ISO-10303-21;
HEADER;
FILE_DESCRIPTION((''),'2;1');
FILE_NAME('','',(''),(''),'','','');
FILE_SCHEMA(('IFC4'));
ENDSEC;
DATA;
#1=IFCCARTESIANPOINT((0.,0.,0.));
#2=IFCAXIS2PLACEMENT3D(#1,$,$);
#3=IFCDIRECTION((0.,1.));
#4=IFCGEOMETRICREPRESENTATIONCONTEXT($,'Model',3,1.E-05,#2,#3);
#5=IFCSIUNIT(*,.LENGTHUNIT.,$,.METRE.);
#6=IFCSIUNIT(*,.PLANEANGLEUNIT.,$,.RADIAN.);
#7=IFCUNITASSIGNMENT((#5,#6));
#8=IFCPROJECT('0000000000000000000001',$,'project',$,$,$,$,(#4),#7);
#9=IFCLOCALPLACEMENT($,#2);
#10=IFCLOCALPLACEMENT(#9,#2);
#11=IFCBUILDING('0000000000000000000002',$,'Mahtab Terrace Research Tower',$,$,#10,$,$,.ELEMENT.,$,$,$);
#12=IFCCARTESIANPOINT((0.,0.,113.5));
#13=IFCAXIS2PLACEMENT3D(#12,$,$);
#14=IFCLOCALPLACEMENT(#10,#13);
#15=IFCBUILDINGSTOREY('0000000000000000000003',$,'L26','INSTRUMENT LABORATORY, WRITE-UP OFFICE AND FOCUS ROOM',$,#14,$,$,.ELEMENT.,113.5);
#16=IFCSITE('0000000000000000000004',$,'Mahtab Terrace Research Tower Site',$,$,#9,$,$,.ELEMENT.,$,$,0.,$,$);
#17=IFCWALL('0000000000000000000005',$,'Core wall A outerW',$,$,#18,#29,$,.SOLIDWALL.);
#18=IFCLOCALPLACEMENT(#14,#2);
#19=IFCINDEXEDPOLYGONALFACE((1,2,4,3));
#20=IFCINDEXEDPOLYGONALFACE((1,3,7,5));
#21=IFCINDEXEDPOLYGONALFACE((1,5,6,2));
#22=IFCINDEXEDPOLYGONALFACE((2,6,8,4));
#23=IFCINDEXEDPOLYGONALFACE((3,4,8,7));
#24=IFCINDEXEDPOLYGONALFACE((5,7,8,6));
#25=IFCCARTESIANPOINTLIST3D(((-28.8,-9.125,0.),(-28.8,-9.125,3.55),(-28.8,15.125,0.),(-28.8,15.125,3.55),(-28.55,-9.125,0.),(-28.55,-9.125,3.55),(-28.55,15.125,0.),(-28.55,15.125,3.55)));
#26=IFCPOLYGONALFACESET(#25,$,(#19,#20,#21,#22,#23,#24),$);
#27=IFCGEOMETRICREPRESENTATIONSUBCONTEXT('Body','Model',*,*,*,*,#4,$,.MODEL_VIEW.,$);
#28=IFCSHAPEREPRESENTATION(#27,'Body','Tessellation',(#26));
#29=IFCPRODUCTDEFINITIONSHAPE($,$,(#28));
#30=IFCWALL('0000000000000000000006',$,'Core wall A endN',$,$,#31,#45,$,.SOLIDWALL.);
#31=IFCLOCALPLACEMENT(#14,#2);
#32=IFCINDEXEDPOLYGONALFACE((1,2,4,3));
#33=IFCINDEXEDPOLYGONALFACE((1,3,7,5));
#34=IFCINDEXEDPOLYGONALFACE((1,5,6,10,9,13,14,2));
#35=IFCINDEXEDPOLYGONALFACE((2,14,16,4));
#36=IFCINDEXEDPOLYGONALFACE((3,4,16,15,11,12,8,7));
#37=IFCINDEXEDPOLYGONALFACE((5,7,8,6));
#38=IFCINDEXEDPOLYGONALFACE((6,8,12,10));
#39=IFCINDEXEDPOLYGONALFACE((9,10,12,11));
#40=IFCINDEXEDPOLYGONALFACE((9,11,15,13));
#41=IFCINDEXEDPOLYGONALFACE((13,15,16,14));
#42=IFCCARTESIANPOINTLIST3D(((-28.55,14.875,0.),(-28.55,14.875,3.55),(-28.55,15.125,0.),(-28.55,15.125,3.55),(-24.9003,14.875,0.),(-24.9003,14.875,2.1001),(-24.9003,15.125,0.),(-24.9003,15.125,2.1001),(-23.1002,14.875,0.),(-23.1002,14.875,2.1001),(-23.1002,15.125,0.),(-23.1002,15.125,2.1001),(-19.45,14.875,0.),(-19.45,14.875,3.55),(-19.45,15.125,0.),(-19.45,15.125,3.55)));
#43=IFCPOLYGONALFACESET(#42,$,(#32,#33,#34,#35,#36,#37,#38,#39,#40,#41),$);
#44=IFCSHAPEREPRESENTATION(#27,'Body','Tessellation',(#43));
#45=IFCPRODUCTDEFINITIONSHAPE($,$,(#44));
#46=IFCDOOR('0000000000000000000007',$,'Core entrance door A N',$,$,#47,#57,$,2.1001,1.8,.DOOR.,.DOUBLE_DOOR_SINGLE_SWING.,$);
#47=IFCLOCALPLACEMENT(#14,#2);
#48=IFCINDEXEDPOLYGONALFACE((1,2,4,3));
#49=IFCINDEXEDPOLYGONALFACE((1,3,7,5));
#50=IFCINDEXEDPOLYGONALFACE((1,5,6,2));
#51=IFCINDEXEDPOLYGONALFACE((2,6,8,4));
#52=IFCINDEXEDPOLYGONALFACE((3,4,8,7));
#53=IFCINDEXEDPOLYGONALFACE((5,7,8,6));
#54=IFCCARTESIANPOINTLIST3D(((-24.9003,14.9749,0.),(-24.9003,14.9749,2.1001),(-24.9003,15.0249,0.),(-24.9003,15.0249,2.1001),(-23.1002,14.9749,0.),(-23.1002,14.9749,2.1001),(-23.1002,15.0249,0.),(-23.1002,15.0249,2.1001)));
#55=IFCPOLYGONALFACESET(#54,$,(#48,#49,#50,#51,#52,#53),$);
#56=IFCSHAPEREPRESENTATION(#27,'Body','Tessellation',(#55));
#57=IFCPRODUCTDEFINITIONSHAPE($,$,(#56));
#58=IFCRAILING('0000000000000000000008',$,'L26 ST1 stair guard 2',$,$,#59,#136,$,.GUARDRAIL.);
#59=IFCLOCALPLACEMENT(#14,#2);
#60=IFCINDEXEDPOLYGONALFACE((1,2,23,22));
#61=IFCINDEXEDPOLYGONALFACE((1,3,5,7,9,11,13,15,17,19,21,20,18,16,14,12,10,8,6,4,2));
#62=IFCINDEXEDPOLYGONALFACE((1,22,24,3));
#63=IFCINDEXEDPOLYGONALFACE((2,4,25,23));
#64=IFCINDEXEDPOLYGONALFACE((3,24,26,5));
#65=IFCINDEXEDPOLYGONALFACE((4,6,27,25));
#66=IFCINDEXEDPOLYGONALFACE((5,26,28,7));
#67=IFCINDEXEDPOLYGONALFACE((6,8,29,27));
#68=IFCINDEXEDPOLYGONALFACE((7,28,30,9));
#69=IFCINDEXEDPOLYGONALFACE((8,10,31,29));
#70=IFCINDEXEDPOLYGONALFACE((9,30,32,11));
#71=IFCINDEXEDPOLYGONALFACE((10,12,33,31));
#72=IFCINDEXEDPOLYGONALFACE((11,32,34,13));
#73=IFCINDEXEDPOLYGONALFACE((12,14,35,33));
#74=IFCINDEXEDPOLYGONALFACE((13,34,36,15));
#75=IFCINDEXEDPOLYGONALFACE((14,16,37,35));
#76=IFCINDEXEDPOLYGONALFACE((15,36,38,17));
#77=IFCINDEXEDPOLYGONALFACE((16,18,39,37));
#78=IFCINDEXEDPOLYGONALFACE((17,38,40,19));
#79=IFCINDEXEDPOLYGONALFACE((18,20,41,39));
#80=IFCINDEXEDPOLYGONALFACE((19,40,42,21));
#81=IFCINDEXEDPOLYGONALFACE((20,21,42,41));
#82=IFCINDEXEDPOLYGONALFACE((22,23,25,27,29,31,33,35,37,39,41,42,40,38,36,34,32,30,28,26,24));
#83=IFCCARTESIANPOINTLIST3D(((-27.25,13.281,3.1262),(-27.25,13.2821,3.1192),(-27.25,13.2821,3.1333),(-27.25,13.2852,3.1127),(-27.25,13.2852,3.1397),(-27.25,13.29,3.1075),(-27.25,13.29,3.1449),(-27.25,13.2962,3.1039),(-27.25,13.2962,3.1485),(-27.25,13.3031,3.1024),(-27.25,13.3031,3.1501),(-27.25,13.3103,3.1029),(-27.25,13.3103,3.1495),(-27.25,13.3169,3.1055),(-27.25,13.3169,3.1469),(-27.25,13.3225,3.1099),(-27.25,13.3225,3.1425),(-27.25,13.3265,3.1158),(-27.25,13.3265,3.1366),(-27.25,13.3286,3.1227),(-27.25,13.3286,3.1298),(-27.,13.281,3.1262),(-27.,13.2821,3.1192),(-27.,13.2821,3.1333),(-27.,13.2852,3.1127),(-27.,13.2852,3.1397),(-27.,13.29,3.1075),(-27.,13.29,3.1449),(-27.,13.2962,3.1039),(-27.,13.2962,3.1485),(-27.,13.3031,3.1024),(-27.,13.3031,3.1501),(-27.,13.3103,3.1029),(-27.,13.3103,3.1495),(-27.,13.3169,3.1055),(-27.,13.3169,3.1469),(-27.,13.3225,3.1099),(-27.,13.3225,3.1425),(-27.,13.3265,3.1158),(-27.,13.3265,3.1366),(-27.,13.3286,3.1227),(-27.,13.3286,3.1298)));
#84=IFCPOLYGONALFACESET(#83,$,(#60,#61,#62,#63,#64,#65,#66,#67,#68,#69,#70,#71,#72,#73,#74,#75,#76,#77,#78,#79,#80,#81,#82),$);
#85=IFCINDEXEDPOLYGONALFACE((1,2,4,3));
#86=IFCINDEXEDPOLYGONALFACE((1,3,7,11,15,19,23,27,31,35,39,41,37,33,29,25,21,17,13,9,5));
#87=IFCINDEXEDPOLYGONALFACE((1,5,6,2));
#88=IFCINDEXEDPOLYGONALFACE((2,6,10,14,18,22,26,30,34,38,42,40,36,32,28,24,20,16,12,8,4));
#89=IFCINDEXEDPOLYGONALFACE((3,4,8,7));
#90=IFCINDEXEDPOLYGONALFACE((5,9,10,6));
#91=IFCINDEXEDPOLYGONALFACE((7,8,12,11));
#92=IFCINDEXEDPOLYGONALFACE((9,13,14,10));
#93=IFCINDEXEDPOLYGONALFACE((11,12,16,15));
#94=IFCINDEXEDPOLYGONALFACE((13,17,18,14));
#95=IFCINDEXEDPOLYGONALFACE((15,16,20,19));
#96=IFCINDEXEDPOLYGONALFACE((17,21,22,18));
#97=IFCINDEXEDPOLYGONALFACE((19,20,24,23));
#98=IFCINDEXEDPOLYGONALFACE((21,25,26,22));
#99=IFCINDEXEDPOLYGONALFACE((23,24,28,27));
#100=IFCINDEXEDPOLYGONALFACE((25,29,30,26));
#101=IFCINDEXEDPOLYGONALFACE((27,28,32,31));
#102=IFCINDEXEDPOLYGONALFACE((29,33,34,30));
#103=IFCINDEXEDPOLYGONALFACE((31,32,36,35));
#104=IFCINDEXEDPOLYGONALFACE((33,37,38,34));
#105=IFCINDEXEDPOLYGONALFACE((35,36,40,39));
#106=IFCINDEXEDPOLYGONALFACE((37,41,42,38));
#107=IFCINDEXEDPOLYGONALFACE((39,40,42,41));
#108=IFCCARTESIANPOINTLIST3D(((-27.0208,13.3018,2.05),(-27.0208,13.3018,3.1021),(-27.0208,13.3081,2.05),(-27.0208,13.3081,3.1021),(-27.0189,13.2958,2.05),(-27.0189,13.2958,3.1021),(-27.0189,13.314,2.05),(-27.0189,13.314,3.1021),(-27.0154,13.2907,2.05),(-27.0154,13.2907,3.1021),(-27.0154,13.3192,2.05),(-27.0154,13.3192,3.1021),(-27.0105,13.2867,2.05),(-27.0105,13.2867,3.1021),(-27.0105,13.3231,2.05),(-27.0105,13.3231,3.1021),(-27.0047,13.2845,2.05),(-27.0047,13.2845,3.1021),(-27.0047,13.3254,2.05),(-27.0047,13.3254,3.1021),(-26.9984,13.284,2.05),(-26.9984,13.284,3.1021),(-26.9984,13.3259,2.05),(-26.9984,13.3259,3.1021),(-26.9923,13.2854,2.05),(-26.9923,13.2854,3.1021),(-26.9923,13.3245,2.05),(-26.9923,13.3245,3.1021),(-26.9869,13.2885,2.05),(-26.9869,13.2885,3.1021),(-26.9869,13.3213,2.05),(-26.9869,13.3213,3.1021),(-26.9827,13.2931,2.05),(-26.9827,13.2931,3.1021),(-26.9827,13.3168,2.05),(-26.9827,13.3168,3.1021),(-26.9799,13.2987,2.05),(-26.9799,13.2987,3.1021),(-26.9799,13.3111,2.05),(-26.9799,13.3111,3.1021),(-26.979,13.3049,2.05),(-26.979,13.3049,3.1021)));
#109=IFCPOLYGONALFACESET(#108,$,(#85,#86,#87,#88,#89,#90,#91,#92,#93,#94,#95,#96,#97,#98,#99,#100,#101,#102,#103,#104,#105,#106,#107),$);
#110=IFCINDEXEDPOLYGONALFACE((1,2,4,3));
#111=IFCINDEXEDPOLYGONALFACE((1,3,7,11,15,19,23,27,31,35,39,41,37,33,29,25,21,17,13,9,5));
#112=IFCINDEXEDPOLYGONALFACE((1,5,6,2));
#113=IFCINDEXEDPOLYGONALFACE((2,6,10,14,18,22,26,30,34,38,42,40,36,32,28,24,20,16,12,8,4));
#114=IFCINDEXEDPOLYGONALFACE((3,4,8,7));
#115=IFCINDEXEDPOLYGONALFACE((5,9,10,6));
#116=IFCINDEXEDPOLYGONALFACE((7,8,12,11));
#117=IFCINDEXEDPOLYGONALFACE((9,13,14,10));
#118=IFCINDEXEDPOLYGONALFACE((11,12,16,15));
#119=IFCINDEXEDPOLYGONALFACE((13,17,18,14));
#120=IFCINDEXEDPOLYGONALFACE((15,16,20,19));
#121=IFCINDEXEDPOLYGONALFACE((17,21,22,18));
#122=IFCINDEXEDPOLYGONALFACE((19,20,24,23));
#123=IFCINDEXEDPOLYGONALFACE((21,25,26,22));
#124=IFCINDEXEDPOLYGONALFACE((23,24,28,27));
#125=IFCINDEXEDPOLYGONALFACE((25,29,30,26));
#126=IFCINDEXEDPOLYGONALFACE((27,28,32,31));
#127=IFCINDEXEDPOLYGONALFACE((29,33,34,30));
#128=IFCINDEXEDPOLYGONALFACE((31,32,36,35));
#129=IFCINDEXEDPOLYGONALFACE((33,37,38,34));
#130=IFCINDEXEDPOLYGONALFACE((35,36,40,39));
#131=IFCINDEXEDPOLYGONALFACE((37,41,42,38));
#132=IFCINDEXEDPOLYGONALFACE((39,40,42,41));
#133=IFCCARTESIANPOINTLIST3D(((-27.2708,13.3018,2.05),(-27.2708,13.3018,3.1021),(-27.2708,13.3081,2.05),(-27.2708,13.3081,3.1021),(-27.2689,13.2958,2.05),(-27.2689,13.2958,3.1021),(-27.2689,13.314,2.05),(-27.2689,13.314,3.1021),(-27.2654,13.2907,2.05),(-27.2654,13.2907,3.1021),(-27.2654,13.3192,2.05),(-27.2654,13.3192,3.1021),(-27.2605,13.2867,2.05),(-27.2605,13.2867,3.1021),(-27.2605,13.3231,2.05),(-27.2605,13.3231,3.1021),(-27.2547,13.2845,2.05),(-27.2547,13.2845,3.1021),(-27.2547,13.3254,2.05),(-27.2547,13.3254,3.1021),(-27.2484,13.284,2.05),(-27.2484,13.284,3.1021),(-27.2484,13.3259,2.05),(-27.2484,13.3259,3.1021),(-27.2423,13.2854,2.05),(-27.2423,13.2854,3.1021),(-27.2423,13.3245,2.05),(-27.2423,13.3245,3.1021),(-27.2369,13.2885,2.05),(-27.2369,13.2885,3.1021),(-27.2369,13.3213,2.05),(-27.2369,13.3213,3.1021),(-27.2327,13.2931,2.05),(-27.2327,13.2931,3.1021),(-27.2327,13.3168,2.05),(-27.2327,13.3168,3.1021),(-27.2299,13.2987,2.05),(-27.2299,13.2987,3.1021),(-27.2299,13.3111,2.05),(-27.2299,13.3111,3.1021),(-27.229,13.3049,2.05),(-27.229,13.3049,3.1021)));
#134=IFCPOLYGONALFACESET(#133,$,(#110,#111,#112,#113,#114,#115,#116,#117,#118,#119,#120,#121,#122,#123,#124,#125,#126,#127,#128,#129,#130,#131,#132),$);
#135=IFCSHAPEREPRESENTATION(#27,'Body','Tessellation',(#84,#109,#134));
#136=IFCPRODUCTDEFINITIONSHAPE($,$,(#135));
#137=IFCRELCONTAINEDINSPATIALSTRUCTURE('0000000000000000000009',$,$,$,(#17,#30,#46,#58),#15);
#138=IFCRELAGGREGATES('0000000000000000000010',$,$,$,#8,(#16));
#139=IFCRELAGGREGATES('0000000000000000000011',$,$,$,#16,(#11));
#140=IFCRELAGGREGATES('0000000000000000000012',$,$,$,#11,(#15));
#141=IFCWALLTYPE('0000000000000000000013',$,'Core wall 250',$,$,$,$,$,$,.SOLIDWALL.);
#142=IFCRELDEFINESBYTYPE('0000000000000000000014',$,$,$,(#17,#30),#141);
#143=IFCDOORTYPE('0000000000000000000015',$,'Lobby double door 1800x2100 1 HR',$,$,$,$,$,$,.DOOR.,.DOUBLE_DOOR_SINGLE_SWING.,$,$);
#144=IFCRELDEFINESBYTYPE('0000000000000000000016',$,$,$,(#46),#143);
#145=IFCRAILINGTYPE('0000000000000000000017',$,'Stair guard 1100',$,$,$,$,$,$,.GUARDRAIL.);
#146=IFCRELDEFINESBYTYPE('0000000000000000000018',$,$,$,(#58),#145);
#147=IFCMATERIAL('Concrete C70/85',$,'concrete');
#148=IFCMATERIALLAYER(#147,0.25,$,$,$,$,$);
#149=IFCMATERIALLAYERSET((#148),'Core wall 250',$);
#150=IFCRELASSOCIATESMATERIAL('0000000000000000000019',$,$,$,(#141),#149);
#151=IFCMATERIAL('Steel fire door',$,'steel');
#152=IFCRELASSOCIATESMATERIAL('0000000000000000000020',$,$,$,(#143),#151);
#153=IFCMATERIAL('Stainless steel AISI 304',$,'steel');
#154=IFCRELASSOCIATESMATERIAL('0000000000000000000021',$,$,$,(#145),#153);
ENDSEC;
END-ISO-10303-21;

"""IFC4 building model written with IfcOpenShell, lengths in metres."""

from ifc_helpers import new_model, si_unit, direction, frame, frame_2d, origin, origin_2d, place, context, subcontext, project, spatial, rectangle, circle, extrude, material, layer, layer_set, type_object, element, fill, save


model = new_model("IFC4")

# Units and contexts
model_context = context("Model", 3, precision=1e-05, world=origin(), true_north=direction((0.0, 1.0)))
body_context = subcontext(model_context, "Body", "Model", "MODEL_VIEW")
ifc_project = project(units=[si_unit("LENGTHUNIT", "METRE"), si_unit("PLANEANGLEUNIT", "RADIAN")], contexts=[model_context])

# Site, building, storey
site_placement = place(None, origin())
site = spatial("IfcSite", under=ifc_project, at=site_placement, Name="Mahtab Terrace Research Tower Site", CompositionType="ELEMENT", RefElevation=0.0)
building_placement = place(site_placement, origin())
building = spatial("IfcBuilding", under=site, at=building_placement, Name="Mahtab Terrace Research Tower", CompositionType="ELEMENT")
storey_placement = place(building_placement, frame((0.0, 0.0, 113.5)))
storey = spatial("IfcBuildingStorey", under=building, at=storey_placement, Name="L26", Description="INSTRUMENT LABORATORY, WRITE-UP OFFICE AND FOCUS ROOM", CompositionType="ELEMENT", Elevation=113.5)

# Wall
ifc_material_1 = material(Name="Concrete C70/85", Category="concrete")
ifc_layer = layer(ifc_material_1, 0.25)
ifc_layer_set = layer_set([ifc_layer], Name="Core wall 250")
wall_type = type_object("IfcWallType", Name="Core wall 250", PredefinedType="SOLIDWALL", material=ifc_layer_set)
wall_1_placement = place(storey_placement, frame((-28.675, 15.125, 0.0), z_axis=(0.0, 0.0, 1.0), x_axis=(0.0, -1.0, 0.0)))
element("IfcWall", 1, at=wall_1_placement, inside=storey, type_object=wall_type, Name="Core wall A outerW", PredefinedType="SOLIDWALL", context=body_context, shape_type="SweptSolid", body=[
    extrude(rectangle(XDim=24.25, YDim=0.25, at=frame_2d((12.125, 0.0))), origin(), (0.0, 0.0, 1.0), 3.55),
])

# Wall, opening, door
wall_2_placement = place(storey_placement, frame((-28.55, 15.0, 0.0), z_axis=(0.0, 0.0, 1.0), x_axis=(1.0, 0.0, 0.0)))
wall_2 = element("IfcWall", 2, at=wall_2_placement, inside=storey, type_object=wall_type, Name="Core wall A endN", PredefinedType="SOLIDWALL", context=body_context, shape_type="SweptSolid", body=[
    extrude(rectangle(XDim=9.1001, YDim=0.25, at=frame_2d((4.55, 0.0))), origin(), (0.0, 0.0, 1.0), 3.55),
])
opening_placement = place(wall_2_placement, frame((3.6499, 0.0, 0.0)))
opening = element("IfcOpeningElement", 3, at=opening_placement, cuts=wall_2, PredefinedType="OPENING", context=body_context, shape_type="SweptSolid", body=[
    extrude(rectangle(XDim=1.8, YDim=2.1001, at=frame_2d((0.8999, 1.05))), frame((0.0, 0.135, 0.0), z_axis=(0.0, -1.0, 0.0), x_axis=(1.0, 0.0, 0.0)), (0.0, 0.0, 1.0), 0.27),
])
ifc_material_2 = material(Name="Steel fire door", Category="steel")
door_type = type_object("IfcDoorType", Name="Lobby double door 1800x2100 1 HR", OperationType="DOUBLE_DOOR_SINGLE_SWING", PredefinedType="DOOR", material=ifc_material_2)
door_placement = place(opening_placement, origin())
door = element("IfcDoor", 4, at=door_placement, inside=storey, type_object=door_type, Name="Core entrance door A N", OperationType="DOUBLE_DOOR_SINGLE_SWING", OverallHeight=2.1001, OverallWidth=1.8, PredefinedType="DOOR", context=body_context, shape_type="SweptSolid", body=[
    extrude(rectangle(XDim=1.8, YDim=2.1001, at=frame_2d((0.8999, 1.05))), frame((0.0, 0.0249, 0.0), z_axis=(0.0, -1.0, 0.0), x_axis=(1.0, 0.0, 0.0)), (0.0, 0.0, 1.0), 0.05),
])
fill(opening, door)

# Railing
ifc_material_3 = material(Name="Stainless steel AISI 304", Category="steel")
railing_type = type_object("IfcRailingType", Name="Stair guard 1100", PredefinedType="GUARDRAIL", material=ifc_material_3)
railing_placement = place(storey_placement, frame((-27.0, 13.3049, 2.05)))
element("IfcRailing", 5, at=railing_placement, inside=storey, type_object=railing_type, Name="L26 ST1 stair guard 2", PredefinedType="GUARDRAIL", context=body_context, shape_type="SweptSolid", body=[
    extrude(circle(Radius=0.0239, at=origin_2d()), frame((0.0, 0.0, 1.0762), z_axis=(-1.0, 0.0, 0.0), x_axis=(0.0, -1.0, 0.0)), (0.0, 0.0, 1.0), 0.25),
    extrude(circle(Radius=0.021, at=origin_2d()), origin(), (0.0, 0.0, 1.0), 1.052),
    extrude(circle(Radius=0.021, at=origin_2d()), frame((-0.25, 0.0, 0.0)), (0.0, 0.0, 1.0), 1.052),
])

save(model, "model.ifc")
